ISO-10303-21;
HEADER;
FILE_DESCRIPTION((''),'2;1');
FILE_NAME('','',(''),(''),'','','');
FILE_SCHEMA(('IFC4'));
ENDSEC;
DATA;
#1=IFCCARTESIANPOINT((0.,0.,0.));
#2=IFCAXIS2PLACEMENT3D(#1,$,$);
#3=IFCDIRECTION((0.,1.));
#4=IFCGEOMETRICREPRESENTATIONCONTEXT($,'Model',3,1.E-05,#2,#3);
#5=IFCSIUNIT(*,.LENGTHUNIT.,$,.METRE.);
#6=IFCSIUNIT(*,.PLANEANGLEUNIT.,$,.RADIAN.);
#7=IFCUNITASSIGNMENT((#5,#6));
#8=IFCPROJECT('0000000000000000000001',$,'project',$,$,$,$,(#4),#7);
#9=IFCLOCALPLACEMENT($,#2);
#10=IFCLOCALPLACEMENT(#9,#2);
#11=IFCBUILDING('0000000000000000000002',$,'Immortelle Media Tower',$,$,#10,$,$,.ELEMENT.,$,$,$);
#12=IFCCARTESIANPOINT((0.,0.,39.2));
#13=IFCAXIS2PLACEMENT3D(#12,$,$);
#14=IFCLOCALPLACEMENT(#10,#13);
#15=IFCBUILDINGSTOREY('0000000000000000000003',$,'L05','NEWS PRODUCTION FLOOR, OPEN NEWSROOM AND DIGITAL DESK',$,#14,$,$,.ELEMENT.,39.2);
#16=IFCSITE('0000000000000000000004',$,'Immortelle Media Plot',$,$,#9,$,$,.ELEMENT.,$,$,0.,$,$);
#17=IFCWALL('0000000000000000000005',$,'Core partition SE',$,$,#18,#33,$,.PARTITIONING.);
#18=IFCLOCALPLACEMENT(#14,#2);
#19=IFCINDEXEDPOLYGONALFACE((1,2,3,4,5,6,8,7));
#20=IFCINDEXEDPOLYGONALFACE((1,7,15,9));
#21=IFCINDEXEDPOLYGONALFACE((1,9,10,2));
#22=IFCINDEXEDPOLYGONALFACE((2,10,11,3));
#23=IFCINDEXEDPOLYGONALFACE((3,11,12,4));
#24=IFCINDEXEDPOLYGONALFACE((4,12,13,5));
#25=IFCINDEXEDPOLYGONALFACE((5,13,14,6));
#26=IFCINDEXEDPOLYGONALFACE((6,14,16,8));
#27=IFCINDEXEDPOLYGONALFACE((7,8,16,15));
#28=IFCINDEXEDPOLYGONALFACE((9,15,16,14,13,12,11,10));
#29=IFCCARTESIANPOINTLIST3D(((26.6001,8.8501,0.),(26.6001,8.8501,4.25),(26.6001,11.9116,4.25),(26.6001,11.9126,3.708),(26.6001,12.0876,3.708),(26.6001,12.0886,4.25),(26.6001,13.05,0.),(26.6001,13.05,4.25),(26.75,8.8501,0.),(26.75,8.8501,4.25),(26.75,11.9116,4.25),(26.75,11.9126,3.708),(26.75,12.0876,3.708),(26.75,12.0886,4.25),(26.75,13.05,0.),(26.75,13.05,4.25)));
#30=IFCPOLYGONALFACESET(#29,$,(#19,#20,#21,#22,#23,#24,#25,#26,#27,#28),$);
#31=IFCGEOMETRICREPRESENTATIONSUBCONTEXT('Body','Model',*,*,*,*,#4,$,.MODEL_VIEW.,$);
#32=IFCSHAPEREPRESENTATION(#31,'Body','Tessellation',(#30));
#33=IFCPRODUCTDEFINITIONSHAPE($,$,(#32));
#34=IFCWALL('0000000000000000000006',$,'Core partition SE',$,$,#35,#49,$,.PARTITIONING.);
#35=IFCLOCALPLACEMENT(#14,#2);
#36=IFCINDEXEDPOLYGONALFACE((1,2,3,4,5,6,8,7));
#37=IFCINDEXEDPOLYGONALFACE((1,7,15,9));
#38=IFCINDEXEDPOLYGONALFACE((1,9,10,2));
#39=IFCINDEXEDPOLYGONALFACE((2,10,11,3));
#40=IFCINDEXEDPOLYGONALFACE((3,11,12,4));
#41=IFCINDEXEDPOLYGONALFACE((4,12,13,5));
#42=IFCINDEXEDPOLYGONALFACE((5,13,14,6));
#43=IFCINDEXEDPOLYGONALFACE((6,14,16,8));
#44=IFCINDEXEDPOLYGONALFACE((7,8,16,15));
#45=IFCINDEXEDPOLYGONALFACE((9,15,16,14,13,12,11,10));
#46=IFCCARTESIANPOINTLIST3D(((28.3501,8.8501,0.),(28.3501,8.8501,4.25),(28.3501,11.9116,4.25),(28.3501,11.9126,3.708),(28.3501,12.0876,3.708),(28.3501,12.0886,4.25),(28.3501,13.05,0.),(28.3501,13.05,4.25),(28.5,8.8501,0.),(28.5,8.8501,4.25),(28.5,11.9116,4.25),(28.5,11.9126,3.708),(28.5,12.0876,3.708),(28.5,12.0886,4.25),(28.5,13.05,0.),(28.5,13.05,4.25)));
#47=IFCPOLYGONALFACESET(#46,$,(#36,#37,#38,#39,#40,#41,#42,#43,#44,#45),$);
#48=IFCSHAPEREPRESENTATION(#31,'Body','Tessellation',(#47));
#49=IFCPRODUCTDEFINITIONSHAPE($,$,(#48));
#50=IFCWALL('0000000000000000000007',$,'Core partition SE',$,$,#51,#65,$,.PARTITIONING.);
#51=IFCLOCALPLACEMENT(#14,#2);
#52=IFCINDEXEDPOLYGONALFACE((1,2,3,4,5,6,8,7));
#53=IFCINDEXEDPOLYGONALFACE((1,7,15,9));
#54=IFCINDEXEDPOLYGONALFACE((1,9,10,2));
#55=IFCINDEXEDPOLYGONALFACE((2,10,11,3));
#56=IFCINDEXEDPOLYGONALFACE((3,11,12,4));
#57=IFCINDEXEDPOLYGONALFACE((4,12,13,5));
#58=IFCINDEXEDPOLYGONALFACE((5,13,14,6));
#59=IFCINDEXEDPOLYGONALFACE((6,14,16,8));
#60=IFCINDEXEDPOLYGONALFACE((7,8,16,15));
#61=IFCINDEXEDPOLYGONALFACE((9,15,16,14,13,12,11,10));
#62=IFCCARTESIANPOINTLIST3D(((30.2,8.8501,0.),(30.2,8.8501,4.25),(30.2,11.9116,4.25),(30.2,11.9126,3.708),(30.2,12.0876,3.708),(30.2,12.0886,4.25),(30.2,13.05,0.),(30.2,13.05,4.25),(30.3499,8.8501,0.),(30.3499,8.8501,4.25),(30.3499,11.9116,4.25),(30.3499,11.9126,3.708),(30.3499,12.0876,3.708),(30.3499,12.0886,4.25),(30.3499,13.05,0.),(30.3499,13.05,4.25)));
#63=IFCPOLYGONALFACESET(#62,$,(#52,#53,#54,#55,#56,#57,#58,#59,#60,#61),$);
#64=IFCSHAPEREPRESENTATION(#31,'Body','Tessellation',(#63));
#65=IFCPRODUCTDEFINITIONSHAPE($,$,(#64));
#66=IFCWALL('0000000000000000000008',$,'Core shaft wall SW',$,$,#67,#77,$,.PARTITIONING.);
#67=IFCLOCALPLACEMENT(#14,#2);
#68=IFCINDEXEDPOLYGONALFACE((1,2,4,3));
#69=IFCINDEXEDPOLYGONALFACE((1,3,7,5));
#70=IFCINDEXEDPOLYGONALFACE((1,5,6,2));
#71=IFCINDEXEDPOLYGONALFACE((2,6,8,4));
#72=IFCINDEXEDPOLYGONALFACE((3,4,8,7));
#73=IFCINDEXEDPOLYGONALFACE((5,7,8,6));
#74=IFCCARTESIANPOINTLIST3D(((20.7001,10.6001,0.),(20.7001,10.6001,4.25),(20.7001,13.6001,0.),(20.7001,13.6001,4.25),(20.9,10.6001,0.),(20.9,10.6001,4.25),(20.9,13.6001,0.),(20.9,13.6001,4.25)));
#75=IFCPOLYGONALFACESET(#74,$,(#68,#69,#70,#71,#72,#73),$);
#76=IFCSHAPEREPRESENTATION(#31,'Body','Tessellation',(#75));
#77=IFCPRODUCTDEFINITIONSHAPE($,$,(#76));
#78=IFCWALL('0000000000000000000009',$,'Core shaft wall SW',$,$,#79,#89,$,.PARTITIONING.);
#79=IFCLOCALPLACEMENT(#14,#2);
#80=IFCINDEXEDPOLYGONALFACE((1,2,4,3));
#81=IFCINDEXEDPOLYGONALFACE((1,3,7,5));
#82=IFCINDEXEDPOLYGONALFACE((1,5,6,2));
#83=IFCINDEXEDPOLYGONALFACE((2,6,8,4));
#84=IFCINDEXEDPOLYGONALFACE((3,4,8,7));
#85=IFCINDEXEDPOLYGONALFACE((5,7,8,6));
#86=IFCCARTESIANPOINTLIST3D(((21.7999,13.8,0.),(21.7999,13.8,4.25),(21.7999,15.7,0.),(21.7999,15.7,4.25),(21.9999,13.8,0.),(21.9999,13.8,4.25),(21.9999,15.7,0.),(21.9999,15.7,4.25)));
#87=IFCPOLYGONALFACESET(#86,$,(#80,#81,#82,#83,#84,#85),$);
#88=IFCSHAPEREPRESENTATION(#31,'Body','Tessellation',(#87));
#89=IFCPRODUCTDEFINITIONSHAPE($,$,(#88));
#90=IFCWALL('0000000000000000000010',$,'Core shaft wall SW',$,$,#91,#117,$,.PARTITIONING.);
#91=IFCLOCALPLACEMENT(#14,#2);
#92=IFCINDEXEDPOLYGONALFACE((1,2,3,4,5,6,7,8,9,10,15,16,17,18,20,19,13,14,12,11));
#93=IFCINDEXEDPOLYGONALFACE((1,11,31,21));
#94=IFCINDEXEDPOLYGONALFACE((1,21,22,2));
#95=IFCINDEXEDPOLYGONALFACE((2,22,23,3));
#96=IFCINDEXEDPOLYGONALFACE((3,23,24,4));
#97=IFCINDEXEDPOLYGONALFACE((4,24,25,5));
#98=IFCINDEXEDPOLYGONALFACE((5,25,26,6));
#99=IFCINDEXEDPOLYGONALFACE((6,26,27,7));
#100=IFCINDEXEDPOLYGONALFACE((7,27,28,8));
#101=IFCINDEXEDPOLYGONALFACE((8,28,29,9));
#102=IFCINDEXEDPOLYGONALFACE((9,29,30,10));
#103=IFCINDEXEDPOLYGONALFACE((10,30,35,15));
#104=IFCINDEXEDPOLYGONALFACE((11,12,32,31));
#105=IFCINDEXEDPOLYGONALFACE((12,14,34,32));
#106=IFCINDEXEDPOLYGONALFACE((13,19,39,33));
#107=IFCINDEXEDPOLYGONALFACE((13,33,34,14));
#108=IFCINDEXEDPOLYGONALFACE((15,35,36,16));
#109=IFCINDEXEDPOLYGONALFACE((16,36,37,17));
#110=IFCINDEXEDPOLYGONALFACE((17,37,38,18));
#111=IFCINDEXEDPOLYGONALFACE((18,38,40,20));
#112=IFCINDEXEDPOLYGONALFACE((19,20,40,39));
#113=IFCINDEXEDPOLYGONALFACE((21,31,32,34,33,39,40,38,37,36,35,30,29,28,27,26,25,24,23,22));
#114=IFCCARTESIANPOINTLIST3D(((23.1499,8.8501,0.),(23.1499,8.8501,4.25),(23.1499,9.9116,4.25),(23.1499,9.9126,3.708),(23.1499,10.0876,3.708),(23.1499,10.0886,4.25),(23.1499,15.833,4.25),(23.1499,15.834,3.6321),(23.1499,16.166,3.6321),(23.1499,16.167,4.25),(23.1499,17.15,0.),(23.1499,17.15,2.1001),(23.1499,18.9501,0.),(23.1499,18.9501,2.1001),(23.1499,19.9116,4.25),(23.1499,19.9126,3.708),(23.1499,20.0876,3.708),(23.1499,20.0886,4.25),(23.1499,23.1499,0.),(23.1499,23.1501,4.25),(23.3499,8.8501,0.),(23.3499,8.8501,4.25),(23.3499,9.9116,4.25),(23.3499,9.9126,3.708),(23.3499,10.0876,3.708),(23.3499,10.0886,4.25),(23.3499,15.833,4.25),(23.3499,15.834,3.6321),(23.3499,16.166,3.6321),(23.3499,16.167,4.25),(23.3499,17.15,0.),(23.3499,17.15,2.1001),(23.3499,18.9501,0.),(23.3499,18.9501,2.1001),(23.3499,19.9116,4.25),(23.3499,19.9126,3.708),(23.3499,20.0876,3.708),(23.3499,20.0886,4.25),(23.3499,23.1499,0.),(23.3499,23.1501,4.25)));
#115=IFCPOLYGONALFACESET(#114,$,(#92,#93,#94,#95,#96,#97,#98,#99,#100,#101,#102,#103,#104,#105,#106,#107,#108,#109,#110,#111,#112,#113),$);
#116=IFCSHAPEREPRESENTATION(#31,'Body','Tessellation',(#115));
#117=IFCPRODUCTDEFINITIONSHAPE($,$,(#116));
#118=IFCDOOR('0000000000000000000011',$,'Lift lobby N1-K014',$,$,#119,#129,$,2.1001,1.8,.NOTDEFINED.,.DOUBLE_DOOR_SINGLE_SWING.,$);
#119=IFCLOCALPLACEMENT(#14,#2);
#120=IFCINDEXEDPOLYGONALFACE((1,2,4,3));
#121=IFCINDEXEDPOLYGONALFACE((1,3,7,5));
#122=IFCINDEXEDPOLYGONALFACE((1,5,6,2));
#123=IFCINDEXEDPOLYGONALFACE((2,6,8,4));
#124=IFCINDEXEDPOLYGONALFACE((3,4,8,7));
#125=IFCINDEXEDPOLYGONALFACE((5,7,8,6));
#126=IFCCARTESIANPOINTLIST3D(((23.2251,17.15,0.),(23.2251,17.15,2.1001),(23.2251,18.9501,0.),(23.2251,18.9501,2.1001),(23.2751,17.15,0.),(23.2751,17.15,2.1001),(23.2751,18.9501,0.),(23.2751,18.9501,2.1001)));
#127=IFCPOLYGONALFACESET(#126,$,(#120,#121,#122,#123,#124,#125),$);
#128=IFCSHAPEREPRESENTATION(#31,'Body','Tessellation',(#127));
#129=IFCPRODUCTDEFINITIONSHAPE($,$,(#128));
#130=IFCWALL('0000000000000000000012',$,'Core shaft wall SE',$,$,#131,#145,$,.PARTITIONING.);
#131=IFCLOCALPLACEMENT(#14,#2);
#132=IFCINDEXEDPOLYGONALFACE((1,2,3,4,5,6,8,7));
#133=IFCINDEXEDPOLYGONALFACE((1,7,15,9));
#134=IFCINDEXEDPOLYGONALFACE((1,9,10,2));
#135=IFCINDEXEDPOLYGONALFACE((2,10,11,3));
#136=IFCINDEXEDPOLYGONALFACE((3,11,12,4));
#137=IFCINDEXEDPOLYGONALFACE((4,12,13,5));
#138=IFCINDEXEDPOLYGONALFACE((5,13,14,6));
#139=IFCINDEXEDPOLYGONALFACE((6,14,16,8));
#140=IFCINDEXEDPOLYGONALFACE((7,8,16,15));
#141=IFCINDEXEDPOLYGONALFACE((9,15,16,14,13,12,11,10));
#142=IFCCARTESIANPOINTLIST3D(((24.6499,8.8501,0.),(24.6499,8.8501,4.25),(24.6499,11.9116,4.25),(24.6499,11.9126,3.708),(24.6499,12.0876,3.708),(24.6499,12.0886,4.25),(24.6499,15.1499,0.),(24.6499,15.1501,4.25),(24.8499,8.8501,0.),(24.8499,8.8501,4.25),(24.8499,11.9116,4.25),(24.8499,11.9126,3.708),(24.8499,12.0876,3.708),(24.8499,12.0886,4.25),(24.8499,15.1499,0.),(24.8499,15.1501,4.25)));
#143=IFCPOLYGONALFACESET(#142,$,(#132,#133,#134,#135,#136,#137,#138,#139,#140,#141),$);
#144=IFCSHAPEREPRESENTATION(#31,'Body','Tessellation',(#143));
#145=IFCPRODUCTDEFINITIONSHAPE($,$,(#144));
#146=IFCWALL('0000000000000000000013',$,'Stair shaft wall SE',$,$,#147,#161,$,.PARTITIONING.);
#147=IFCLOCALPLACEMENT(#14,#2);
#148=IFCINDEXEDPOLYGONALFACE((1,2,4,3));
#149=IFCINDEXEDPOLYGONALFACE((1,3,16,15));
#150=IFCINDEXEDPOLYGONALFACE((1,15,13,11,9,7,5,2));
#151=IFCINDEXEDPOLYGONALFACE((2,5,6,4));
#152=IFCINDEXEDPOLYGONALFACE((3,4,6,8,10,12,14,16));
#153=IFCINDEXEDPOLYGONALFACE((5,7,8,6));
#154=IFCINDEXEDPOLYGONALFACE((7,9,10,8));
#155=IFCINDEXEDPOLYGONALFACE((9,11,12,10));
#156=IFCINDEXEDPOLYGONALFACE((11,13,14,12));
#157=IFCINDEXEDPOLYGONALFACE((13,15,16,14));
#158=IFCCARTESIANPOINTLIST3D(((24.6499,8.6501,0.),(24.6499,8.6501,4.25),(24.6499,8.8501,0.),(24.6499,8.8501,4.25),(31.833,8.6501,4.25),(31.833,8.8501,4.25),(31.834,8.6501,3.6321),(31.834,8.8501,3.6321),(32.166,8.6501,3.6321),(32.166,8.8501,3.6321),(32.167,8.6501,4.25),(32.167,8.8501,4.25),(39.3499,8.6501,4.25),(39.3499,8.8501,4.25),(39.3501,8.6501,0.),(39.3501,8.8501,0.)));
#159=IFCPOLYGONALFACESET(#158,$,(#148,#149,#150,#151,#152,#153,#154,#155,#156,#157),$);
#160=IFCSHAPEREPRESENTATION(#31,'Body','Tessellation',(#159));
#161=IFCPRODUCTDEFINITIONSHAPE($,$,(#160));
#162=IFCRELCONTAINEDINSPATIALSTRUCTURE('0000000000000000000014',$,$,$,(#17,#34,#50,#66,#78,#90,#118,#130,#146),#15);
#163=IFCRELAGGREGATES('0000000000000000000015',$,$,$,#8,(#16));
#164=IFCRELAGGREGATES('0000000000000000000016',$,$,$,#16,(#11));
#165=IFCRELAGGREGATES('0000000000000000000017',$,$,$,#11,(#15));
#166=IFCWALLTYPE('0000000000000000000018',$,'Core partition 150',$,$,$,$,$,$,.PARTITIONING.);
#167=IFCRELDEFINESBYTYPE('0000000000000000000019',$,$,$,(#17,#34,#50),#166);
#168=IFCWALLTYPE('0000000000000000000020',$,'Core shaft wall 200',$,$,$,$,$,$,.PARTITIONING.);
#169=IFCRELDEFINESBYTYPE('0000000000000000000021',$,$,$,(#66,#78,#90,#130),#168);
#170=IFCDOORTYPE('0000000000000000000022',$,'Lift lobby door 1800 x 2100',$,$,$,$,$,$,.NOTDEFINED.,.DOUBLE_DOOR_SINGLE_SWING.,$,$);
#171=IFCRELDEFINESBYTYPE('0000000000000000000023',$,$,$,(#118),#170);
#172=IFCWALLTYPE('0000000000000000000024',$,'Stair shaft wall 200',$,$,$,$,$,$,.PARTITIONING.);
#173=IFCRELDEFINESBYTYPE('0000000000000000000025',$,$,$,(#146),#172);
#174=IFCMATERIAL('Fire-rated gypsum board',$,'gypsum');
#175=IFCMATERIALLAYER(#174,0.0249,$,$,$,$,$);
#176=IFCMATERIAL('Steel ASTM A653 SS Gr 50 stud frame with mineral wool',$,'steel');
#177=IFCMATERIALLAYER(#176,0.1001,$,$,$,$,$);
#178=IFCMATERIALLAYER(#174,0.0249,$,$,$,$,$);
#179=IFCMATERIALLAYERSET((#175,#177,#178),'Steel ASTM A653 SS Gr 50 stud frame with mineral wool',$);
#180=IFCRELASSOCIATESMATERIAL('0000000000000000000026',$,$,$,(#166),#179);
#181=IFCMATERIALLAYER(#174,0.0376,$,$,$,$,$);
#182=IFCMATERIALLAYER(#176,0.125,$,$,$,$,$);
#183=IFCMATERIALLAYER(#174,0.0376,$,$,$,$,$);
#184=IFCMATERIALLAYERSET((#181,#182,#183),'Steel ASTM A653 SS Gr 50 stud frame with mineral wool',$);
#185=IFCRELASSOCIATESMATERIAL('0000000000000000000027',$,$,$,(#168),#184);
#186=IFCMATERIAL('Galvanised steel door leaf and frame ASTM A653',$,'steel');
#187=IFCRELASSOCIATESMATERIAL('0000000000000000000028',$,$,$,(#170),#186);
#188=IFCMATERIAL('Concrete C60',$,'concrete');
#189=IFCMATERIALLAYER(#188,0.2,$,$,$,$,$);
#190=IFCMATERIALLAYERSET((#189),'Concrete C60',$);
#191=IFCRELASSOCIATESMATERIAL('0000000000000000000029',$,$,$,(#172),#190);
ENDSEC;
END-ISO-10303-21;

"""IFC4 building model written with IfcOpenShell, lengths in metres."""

from ifc_helpers import new_model, si_unit, direction, frame, frame_2d, origin, place, context, subcontext, project, spatial, polyline, rectangle, outline, extrude, material, layer, layer_set, type_object, element, fill, save


model = new_model("IFC4")

# Units and contexts
model_context = context("Model", 3, precision=1e-05, world=origin(), true_north=direction((0.0, 1.0)))
body_context = subcontext(model_context, "Body", "Model", "MODEL_VIEW")
ifc_project = project(units=[si_unit("LENGTHUNIT", "METRE"), si_unit("PLANEANGLEUNIT", "RADIAN")], contexts=[model_context])

# Site, building, storey
site_placement = place(None, origin())
site = spatial("IfcSite", under=ifc_project, at=site_placement, Name="Immortelle Media Plot", CompositionType="ELEMENT", RefElevation=0.0)
building_placement = place(site_placement, origin())
building = spatial("IfcBuilding", under=site, at=building_placement, Name="Immortelle Media Tower", CompositionType="ELEMENT")
storey_placement = place(building_placement, frame((0.0, 0.0, 39.2)))
storey = spatial("IfcBuildingStorey", under=building, at=storey_placement, Name="L05", Description="NEWS PRODUCTION FLOOR, OPEN NEWSROOM AND DIGITAL DESK", CompositionType="ELEMENT", Elevation=39.2)

# Shared definitions
ifc_material_1 = material(Name="Fire-rated gypsum board", Category="gypsum")
ifc_layer_1 = layer(ifc_material_1, 0.0249)
ifc_material_2 = material(Name="Steel ASTM A653 SS Gr 50 stud frame with mineral wool", Category="steel")
ifc_layer_2 = layer(ifc_material_2, 0.1001)
ifc_layer_3 = layer(ifc_material_1, 0.0249)
ifc_layer_set_1 = layer_set([ifc_layer_1, ifc_layer_2, ifc_layer_3], Name="Steel ASTM A653 SS Gr 50 stud frame with mineral wool")
wall_type_1 = type_object("IfcWallType", Name="Core partition 150", PredefinedType="PARTITIONING", material=ifc_layer_set_1)
ifc_material_3 = material(Name="Galvanised steel door leaf and frame ASTM A653", Category="steel")

# Walls
for number, where, z_axis, x_axis, name in (
    (1, (26.675, 8.8501, 0.0), (0.0, 0.0, 1.0), (0.0, 1.0, 0.0), "Core partition SE"),
    (2, (28.425, 8.8501, 0.0), (0.0, 0.0, 1.0), (0.0, 1.0, 0.0), "Core partition SE"),
    (3, (30.2749, 8.8501, 0.0), (0.0, 0.0, 1.0), (0.0, 1.0, 0.0), "Core partition SE"),
):
    element("IfcWall", number, at=place(storey_placement, frame(where, z_axis=z_axis, x_axis=x_axis)), inside=storey, type_object=wall_type_1, Name=name, PredefinedType="PARTITIONING", context=body_context, shape_type="SweptSolid", body=[
        extrude(outline(polyline([(0.0, 0.0), (4.2, 0.0), (4.2, 4.25), (3.2385, 4.25), (3.2375, 3.708), (3.0625, 3.708), (3.0615, 4.25), (0.0, 4.25), (0.0, 0.0)])), frame((0.0, 0.075, 0.0), z_axis=(0.0, -1.0, 0.0), x_axis=(1.0, 0.0, 0.0)), (0.0, 0.0, 1.0), 0.1499),
    ])
ifc_layer_4 = layer(ifc_material_1, 0.0376)
ifc_layer_5 = layer(ifc_material_2, 0.125)
ifc_layer_6 = layer(ifc_material_1, 0.0376)
ifc_layer_set_2 = layer_set([ifc_layer_4, ifc_layer_5, ifc_layer_6], Name="Steel ASTM A653 SS Gr 50 stud frame with mineral wool")
wall_type_2 = type_object("IfcWallType", Name="Core shaft wall 200", PredefinedType="PARTITIONING", material=ifc_layer_set_2)
wall_1_placement = place(storey_placement, frame((20.8, 10.6001, 0.0), z_axis=(0.0, 0.0, 1.0), x_axis=(0.0, 1.0, 0.0)))
element("IfcWall", 4, at=wall_1_placement, inside=storey, type_object=wall_type_2, Name="Core shaft wall SW", PredefinedType="PARTITIONING", context=body_context, shape_type="SweptSolid", body=[
    extrude(rectangle(XDim=3.0, YDim=0.2, at=frame_2d((1.5, 0.0))), origin(), (0.0, 0.0, 1.0), 4.25),
])
wall_2_placement = place(storey_placement, frame((21.8999, 13.8, 0.0), z_axis=(0.0, 0.0, 1.0), x_axis=(0.0, 1.0, 0.0)))
element("IfcWall", 5, at=wall_2_placement, inside=storey, type_object=wall_type_2, Name="Core shaft wall SW", PredefinedType="PARTITIONING", context=body_context, shape_type="SweptSolid", body=[
    extrude(rectangle(XDim=1.8999, YDim=0.2, at=frame_2d((0.95, 0.0))), origin(), (0.0, 0.0, 1.0), 4.25),
])

# Wall, opening, door
wall_3_placement = place(storey_placement, frame((23.25, 8.8501, 0.0), z_axis=(0.0, 0.0, 1.0), x_axis=(0.0, 1.0, 0.0)))
wall_3 = element("IfcWall", 6, at=wall_3_placement, inside=storey, type_object=wall_type_2, Name="Core shaft wall SW", PredefinedType="PARTITIONING", context=body_context, shape_type="SweptSolid", body=[
    extrude(outline(polyline([(0.0, 0.0), (14.2998, 0.0), (14.3, 4.25), (11.2385, 4.25), (11.2375, 3.708), (11.0625, 3.708), (11.0615, 4.25), (7.3169, 4.25), (7.3159, 3.6321), (6.9839, 3.6321), (6.9829, 4.25), (1.2385, 4.25), (1.2375, 3.708), (1.0625, 3.708), (1.0615, 4.25), (0.0, 4.25), (0.0, 0.0)])), frame((0.0, 0.1001, 0.0), z_axis=(0.0, -1.0, 0.0), x_axis=(1.0, 0.0, 0.0)), (0.0, 0.0, 1.0), 0.2),
])
opening_1_placement = place(wall_3_placement, frame((8.3, 0.0, 0.0)))
opening_1 = element("IfcOpeningElement", 7, at=opening_1_placement, cuts=wall_3, PredefinedType="OPENING", context=body_context, shape_type="SweptSolid", body=[
    extrude(rectangle(XDim=1.8, YDim=2.1001, at=frame_2d((0.8999, 1.05))), frame((0.0, 0.1099, 0.0), z_axis=(0.0, -1.0, 0.0), x_axis=(1.0, 0.0, 0.0)), (0.0, 0.0, 1.0), 0.22),
])
door_type_1 = type_object("IfcDoorType", Name="Lift lobby door 1800 x 2100", OperationType="DOUBLE_DOOR_SINGLE_SWING", PredefinedType="NOTDEFINED", material=ifc_material_3)
door_1_placement = place(opening_1_placement, origin())
door_1 = element("IfcDoor", 8, at=door_1_placement, inside=storey, type_object=door_type_1, Name="Lift lobby N1-K014", OperationType="DOUBLE_DOOR_SINGLE_SWING", OverallHeight=2.1001, OverallWidth=1.8, PredefinedType="NOTDEFINED", context=body_context, shape_type="SweptSolid", body=[
    extrude(rectangle(XDim=1.8, YDim=2.1001, at=frame_2d((0.8999, 1.05))), frame((0.0, 0.0249, 0.0), z_axis=(0.0, -1.0, 0.0), x_axis=(1.0, 0.0, 0.0)), (0.0, 0.0, 1.0), 0.05),
])
fill(opening_1, door_1)

# Walls
wall_4_placement = place(storey_placement, frame((24.75, 8.8501, 0.0), z_axis=(0.0, 0.0, 1.0), x_axis=(0.0, 1.0, 0.0)))
element("IfcWall", 9, at=wall_4_placement, inside=storey, type_object=wall_type_2, Name="Core shaft wall SE", PredefinedType="PARTITIONING", context=body_context, shape_type="SweptSolid", body=[
    extrude(outline(polyline([(0.0, 0.0), (6.2998, 0.0), (6.3, 4.25), (3.2385, 4.25), (3.2375, 3.708), (3.0625, 3.708), (3.0615, 4.25), (0.0, 4.25), (0.0, 0.0)])), frame((0.0, 0.1001, 0.0), z_axis=(0.0, -1.0, 0.0), x_axis=(1.0, 0.0, 0.0)), (0.0, 0.0, 1.0), 0.2),
])
ifc_material_4 = material(Name="Concrete C60", Category="concrete")
ifc_layer_7 = layer(ifc_material_4, 0.2)
ifc_layer_set_3 = layer_set([ifc_layer_7], Name="Concrete C60")
wall_type_3 = type_object("IfcWallType", Name="Stair shaft wall 200", PredefinedType="PARTITIONING", material=ifc_layer_set_3)
wall_5_placement = place(storey_placement, frame((24.6499, 8.75, 0.0), z_axis=(0.0, 0.0, 1.0), x_axis=(1.0, 0.0, 0.0)))
element("IfcWall", 10, at=wall_5_placement, inside=storey, type_object=wall_type_3, Name="Stair shaft wall SE", PredefinedType="PARTITIONING", context=body_context, shape_type="SweptSolid", body=[
    extrude(outline(polyline([(0.0, 0.0), (14.7002, 0.0), (14.7, 4.25), (7.5171, 4.25), (7.5161, 3.6321), (7.1841, 3.6321), (7.1831, 4.25), (0.0, 4.25), (0.0, 0.0)])), frame((0.0, 0.1001, 0.0), z_axis=(0.0, -1.0, 0.0), x_axis=(1.0, 0.0, 0.0)), (0.0, 0.0, 1.0), 0.2),
])

save(model, "model.ifc")
